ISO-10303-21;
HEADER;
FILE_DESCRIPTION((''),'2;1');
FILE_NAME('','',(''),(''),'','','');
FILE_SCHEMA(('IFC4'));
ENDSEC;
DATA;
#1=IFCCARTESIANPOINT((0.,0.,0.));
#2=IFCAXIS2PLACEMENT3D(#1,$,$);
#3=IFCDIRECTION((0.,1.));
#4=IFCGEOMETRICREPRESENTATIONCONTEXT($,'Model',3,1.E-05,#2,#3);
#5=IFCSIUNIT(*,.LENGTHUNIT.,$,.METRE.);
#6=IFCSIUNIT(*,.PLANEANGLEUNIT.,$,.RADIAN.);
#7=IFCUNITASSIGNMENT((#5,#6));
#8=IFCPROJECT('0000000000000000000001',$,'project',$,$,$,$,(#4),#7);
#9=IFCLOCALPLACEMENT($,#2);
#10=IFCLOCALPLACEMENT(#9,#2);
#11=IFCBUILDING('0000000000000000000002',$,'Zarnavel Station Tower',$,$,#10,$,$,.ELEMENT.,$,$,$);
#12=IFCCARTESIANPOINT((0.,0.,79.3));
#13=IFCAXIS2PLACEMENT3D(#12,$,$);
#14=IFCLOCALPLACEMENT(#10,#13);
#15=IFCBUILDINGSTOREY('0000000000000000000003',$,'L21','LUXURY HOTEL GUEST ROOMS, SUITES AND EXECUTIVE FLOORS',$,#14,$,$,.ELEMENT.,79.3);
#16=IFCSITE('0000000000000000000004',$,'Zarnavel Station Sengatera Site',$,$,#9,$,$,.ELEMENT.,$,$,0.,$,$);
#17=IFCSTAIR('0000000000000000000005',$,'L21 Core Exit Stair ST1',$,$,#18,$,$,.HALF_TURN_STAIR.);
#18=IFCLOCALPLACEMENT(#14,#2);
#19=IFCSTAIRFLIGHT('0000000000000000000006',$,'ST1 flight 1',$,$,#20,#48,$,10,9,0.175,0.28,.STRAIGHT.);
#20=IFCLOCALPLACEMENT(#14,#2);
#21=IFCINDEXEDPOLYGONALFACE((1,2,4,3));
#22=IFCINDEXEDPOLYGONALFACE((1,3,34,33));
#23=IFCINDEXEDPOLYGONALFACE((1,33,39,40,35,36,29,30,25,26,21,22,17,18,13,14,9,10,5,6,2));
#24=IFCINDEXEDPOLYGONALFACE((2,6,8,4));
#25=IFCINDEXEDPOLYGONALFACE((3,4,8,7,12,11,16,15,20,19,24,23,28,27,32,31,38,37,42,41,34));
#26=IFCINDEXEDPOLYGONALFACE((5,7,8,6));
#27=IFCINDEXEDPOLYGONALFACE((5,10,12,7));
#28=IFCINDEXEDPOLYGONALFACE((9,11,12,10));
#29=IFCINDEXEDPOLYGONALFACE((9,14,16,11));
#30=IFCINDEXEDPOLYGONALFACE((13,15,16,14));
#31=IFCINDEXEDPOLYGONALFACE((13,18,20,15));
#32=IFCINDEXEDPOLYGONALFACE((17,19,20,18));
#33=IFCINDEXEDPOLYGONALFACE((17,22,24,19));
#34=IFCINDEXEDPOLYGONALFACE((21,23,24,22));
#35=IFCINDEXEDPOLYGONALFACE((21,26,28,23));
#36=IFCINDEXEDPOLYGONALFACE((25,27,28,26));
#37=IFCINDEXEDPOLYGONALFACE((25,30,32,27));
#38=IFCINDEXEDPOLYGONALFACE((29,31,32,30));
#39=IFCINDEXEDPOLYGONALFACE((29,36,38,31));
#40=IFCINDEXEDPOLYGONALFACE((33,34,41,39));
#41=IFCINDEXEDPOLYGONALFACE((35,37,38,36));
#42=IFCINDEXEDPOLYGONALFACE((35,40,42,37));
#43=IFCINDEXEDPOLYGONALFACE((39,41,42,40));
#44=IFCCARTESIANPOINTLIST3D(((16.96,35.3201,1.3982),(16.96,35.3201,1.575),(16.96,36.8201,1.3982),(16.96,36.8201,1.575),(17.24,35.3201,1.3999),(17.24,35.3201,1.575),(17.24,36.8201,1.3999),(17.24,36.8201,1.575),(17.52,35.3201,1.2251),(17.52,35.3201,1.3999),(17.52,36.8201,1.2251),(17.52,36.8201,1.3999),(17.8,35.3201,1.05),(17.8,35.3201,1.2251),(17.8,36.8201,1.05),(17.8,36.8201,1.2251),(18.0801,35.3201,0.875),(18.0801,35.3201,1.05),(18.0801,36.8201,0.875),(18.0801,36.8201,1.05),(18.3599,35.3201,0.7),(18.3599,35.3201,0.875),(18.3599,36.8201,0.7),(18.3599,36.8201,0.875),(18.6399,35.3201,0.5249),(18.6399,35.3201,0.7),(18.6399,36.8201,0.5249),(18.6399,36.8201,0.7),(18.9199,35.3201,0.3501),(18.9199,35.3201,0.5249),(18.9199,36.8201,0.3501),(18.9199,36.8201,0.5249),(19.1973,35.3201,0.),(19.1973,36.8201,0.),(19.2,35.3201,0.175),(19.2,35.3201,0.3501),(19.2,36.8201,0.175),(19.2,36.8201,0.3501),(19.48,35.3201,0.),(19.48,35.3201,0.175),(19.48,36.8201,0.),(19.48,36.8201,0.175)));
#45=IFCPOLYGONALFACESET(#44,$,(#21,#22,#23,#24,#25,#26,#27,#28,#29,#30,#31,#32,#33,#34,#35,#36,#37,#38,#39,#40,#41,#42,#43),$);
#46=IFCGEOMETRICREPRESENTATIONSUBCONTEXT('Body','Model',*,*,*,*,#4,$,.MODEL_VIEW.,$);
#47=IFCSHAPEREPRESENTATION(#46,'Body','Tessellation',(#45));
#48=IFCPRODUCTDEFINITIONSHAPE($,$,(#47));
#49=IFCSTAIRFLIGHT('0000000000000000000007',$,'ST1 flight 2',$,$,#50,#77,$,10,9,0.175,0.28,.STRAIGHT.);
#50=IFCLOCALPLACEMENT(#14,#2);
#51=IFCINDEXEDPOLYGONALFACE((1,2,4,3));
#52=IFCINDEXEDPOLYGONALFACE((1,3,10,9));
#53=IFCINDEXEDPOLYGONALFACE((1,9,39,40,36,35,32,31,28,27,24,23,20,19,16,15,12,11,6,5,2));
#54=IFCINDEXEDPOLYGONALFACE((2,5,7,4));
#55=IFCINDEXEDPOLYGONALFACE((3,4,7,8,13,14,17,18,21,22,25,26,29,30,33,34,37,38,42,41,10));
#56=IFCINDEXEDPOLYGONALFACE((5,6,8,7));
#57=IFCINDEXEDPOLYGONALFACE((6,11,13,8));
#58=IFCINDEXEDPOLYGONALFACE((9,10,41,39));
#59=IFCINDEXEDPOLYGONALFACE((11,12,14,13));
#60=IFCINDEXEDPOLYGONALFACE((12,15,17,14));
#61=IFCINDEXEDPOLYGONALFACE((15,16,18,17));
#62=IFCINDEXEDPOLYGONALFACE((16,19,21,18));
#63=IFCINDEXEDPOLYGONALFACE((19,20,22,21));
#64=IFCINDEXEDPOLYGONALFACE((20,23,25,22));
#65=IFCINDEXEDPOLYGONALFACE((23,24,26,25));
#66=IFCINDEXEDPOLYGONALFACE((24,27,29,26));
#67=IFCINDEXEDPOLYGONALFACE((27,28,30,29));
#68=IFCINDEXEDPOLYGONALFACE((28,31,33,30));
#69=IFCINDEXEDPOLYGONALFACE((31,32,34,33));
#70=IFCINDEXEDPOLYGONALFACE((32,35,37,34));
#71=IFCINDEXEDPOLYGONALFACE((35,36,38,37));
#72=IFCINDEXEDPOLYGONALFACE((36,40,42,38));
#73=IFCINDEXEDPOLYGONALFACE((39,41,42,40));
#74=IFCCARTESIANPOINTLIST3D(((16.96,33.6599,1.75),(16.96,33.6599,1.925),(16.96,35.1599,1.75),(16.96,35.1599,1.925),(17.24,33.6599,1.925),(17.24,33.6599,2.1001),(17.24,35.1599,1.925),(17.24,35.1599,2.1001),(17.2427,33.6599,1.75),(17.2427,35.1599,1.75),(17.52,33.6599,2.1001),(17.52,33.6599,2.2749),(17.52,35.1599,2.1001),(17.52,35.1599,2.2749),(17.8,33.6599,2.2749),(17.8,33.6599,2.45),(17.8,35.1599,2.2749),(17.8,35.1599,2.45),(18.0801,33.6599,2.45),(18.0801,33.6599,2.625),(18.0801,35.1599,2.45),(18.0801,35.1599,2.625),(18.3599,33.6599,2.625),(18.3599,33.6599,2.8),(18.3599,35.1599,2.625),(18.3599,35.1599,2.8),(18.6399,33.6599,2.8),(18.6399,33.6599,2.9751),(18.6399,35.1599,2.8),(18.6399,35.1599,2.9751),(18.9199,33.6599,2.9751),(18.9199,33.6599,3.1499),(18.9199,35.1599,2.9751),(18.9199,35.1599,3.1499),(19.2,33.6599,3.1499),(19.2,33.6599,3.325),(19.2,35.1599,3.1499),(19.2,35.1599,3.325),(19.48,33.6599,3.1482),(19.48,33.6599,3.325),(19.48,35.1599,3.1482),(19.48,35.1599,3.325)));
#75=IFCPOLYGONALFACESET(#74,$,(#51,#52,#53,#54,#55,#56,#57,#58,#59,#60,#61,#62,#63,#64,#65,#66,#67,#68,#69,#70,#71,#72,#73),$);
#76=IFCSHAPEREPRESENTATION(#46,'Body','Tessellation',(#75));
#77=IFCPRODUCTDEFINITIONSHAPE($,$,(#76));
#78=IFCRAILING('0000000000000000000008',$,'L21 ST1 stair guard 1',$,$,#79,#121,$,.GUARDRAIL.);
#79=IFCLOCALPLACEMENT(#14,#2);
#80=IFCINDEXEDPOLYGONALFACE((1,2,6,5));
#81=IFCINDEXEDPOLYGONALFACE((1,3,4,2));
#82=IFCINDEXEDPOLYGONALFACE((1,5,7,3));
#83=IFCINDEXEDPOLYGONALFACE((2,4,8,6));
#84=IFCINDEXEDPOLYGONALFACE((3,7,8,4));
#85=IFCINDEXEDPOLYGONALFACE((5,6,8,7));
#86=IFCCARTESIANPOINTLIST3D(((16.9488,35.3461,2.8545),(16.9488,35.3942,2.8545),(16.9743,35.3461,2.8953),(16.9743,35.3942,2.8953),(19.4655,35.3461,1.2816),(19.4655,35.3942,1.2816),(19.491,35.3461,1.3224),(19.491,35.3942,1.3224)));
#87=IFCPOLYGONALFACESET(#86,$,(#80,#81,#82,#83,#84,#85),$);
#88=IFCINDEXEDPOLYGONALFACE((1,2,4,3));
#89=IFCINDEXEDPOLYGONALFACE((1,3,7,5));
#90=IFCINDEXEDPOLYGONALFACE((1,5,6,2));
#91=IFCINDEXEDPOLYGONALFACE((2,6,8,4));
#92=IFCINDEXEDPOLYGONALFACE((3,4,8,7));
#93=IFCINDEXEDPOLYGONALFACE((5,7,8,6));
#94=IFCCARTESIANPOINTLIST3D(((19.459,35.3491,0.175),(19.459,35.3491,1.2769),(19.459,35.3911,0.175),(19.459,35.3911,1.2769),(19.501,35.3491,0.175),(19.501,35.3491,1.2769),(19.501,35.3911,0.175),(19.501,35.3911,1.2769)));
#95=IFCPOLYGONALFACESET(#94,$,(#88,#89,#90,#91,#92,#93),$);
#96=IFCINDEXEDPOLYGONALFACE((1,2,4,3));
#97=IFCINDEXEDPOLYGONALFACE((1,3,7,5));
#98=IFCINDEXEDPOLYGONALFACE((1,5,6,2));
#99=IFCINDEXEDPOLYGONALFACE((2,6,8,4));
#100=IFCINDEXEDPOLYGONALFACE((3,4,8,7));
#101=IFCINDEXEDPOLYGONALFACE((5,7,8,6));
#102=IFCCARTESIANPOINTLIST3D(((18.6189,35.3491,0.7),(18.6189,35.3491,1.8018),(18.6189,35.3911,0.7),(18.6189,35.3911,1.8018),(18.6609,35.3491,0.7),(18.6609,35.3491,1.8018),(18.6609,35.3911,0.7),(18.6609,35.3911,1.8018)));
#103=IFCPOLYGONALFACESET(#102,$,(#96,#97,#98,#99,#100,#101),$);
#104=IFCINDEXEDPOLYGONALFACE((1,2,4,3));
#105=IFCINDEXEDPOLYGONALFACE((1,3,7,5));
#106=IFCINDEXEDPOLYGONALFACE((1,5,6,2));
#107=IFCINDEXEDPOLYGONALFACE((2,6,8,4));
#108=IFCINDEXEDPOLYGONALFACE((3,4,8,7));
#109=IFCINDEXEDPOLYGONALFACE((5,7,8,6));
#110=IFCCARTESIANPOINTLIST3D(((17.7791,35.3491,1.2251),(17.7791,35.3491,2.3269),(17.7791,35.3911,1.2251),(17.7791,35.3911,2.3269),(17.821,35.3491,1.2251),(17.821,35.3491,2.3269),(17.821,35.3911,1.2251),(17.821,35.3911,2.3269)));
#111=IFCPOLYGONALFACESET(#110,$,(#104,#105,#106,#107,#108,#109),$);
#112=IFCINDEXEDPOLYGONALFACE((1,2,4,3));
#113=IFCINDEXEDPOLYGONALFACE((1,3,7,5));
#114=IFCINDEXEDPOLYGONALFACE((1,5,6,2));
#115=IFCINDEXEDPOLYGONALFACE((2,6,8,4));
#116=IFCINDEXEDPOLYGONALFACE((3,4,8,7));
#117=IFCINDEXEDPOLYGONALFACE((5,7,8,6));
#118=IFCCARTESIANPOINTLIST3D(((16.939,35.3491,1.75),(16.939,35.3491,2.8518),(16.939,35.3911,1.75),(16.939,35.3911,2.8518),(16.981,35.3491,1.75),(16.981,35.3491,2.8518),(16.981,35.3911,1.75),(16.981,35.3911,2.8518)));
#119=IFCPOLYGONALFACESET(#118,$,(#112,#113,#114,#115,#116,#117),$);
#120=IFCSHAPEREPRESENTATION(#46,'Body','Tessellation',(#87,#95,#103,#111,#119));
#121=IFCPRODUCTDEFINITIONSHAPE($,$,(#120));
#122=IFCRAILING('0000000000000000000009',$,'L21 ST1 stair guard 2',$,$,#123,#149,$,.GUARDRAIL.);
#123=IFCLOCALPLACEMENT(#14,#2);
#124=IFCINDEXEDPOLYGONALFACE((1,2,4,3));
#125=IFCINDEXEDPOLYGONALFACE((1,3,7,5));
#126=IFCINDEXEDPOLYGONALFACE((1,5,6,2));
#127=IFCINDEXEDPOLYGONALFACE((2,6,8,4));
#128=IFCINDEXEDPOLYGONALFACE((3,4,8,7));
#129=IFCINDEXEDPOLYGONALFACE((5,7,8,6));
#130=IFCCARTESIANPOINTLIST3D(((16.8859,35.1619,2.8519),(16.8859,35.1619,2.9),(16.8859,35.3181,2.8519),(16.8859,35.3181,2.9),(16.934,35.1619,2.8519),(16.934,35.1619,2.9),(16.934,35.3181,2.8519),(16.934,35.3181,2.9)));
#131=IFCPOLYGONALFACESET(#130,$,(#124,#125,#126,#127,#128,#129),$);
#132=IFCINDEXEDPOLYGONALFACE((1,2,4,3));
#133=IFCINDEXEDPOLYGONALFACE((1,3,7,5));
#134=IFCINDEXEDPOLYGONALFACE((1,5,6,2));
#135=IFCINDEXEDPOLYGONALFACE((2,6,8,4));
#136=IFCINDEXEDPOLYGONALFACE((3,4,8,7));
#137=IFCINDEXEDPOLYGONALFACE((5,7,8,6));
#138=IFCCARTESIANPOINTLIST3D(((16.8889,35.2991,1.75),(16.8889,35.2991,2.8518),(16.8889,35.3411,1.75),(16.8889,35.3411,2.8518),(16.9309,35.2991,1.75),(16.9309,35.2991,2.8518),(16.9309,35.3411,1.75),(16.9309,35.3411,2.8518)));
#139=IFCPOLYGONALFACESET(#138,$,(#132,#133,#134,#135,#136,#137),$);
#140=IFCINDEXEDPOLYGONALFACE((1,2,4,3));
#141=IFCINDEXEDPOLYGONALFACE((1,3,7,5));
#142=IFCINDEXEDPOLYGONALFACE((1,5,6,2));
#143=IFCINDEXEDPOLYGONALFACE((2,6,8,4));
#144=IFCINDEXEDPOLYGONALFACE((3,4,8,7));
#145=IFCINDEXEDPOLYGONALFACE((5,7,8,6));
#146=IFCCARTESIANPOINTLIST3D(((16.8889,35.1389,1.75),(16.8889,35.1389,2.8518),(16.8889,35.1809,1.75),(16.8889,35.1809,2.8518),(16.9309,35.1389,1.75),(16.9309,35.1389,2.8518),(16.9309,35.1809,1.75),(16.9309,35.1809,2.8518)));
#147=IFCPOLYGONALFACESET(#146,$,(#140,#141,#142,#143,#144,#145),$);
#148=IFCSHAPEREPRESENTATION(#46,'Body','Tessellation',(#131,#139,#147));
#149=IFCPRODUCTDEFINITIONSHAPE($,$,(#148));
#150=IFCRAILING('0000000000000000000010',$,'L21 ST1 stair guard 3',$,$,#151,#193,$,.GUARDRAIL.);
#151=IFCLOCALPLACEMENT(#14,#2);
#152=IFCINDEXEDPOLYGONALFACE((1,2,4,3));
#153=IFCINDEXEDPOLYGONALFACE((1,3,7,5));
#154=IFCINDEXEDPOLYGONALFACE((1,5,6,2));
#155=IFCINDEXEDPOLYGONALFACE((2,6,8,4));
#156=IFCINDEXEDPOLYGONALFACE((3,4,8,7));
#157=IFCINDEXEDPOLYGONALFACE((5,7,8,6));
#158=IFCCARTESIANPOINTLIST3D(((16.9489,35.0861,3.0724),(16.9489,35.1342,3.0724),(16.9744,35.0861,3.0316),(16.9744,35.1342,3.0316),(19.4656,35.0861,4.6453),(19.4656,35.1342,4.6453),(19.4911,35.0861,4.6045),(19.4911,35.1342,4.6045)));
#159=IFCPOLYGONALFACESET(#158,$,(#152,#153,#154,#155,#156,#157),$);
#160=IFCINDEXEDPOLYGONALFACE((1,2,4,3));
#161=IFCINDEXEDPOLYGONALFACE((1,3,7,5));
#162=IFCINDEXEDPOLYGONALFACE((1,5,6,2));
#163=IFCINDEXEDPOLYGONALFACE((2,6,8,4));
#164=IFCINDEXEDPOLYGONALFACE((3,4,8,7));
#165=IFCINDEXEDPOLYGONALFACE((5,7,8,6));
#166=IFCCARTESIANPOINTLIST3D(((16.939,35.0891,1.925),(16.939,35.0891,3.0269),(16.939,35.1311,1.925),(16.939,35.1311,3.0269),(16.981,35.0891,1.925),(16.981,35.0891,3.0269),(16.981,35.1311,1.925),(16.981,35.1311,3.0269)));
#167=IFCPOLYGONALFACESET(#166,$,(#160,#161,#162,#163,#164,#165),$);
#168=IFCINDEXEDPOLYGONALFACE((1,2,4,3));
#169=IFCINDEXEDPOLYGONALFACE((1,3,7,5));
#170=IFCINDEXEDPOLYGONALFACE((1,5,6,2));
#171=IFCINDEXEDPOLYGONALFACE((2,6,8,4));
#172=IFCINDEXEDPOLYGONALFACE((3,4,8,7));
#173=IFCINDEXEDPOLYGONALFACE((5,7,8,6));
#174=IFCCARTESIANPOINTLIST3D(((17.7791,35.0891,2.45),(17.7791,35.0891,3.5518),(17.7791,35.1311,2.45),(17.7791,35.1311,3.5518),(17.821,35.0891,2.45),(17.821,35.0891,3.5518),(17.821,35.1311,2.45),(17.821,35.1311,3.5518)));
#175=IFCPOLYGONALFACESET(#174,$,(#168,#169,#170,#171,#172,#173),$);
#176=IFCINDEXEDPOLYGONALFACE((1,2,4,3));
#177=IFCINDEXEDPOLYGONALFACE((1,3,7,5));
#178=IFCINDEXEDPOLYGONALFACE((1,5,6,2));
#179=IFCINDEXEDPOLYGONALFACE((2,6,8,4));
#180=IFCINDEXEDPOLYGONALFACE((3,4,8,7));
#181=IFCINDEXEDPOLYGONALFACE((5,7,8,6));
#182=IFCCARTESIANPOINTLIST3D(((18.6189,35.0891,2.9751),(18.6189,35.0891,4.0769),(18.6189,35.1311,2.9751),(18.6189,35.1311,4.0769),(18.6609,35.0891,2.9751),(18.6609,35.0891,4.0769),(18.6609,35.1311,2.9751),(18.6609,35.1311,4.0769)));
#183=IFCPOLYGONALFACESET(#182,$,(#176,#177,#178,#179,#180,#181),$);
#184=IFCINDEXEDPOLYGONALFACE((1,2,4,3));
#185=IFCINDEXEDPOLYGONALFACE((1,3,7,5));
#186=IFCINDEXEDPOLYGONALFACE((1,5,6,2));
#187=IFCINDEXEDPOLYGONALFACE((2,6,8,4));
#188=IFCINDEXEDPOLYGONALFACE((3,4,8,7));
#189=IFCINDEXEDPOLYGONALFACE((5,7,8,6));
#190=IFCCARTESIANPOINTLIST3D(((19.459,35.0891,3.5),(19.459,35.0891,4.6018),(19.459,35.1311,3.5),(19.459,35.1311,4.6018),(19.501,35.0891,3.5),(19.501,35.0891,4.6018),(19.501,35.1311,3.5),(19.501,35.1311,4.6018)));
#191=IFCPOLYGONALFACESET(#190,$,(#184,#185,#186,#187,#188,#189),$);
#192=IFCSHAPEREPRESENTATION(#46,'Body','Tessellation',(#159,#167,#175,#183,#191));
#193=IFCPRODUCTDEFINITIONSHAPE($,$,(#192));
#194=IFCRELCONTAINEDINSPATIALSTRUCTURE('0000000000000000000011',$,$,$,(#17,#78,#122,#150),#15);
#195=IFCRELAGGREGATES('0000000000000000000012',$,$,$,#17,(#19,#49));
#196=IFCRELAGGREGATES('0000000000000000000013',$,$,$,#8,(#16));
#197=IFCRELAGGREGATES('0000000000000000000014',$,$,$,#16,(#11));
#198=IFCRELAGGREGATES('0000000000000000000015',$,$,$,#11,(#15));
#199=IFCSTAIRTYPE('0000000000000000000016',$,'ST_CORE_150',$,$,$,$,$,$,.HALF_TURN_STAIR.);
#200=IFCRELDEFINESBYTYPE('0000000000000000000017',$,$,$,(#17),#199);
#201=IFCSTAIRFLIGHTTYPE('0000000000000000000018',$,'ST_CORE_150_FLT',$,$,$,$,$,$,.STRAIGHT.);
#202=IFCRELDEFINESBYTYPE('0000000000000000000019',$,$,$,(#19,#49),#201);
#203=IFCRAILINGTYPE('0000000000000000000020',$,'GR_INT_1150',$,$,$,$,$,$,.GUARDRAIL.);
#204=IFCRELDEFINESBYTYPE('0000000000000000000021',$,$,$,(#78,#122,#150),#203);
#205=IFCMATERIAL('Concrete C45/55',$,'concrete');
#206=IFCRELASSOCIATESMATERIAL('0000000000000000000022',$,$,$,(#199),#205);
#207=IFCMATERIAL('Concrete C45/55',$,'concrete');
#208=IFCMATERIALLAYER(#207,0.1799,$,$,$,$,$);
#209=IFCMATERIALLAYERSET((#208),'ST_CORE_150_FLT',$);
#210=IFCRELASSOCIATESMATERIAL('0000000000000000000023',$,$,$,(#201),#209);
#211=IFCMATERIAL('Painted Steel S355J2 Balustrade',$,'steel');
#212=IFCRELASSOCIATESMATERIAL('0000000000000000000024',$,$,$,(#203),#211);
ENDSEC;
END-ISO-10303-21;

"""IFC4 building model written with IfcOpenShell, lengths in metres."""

from ifc_helpers import new_model, si_unit, direction, frame, origin, origin_2d, place, context, subcontext, project, spatial, polyline, rectangle, outline, extrude, material, layer, layer_set, type_object, element, aggregate, save


model = new_model("IFC4")

# Units and contexts
model_context = context("Model", 3, precision=1e-05, world=origin(), true_north=direction((0.0, 1.0)))
body_context = subcontext(model_context, "Body", "Model", "MODEL_VIEW")
ifc_project = project(units=[si_unit("LENGTHUNIT", "METRE"), si_unit("PLANEANGLEUNIT", "RADIAN")], contexts=[model_context])

# Site, building, storey
site_placement = place(None, origin())
site = spatial("IfcSite", under=ifc_project, at=site_placement, Name="Zarnavel Station Sengatera Site", CompositionType="ELEMENT", RefElevation=0.0)
building_placement = place(site_placement, origin())
building = spatial("IfcBuilding", under=site, at=building_placement, Name="Zarnavel Station Tower", CompositionType="ELEMENT")
storey_placement = place(building_placement, frame((0.0, 0.0, 79.3)))
storey = spatial("IfcBuildingStorey", under=building, at=storey_placement, Name="L21", Description="LUXURY HOTEL GUEST ROOMS, SUITES AND EXECUTIVE FLOORS", CompositionType="ELEMENT", Elevation=79.3)

# Stair, stair flights
ifc_material_1 = material(Name="Concrete C45/55", Category="concrete")
stair_type = type_object("IfcStairType", Name="ST_CORE_150", PredefinedType="HALF_TURN_STAIR", material=ifc_material_1)
stair_placement = place(storey_placement, origin())
stair = element("IfcStair", 1, at=stair_placement, inside=storey, type_object=stair_type, Name="L21 Core Exit Stair ST1", PredefinedType="HALF_TURN_STAIR")
ifc_material_2 = material(Name="Concrete C45/55", Category="concrete")
ifc_layer_1 = layer(ifc_material_2, 0.1799)
ifc_layer_set_1 = layer_set([ifc_layer_1], Name="ST_CORE_150_FLT")
stair_flight_type = type_object("IfcStairFlightType", Name="ST_CORE_150_FLT", PredefinedType="STRAIGHT", material=ifc_layer_set_1)
stair_flight_1_placement = place(storey_placement, frame((19.48, 36.0701, 0.0), z_axis=(0.0, 0.0, 1.0), x_axis=(-1.0, 0.0, 0.0)))
stair_flight_1 = element("IfcStairFlight", 2, at=stair_flight_1_placement, type_object=stair_flight_type, Name="ST1 flight 1", NumberOfRisers=10, NumberOfTreads=9, PredefinedType="STRAIGHT", RiserHeight=0.175, TreadLength=0.28, context=body_context, shape_type="SweptSolid", body=[
    extrude(outline(polyline([(0.0, 0.0), (0.0, 0.175), (0.28, 0.175), (0.28, 0.3501), (0.5601, 0.3501), (0.5601, 0.5249), (0.8401, 0.5249), (0.8401, 0.7), (1.1201, 0.7), (1.1201, 0.875), (1.3999, 0.875), (1.3999, 1.05), (1.6799, 1.05), (1.6799, 1.2251), (1.96, 1.2251), (1.96, 1.3999), (2.24, 1.3999), (2.24, 1.575), (2.52, 1.575), (2.52, 1.75), (2.52, 1.3982), (0.2827, 0.0), (0.0, 0.0)])), frame((0.0, 0.75, 0.0), z_axis=(0.0, -1.0, 0.0), x_axis=(1.0, 0.0, 0.0)), (0.0, 0.0, 1.0), 1.5),
])
stair_flight_2_placement = place(storey_placement, frame((16.96, 34.4099, 1.75), z_axis=(0.0, 0.0, 1.0), x_axis=(1.0, 0.0, 0.0)))
stair_flight_2 = element("IfcStairFlight", 3, at=stair_flight_2_placement, type_object=stair_flight_type, Name="ST1 flight 2", NumberOfRisers=10, NumberOfTreads=9, PredefinedType="STRAIGHT", RiserHeight=0.175, TreadLength=0.28, context=body_context, shape_type="SweptSolid", body=[
    extrude(outline(polyline([(0.0, 0.0), (0.0, 0.175), (0.28, 0.175), (0.28, 0.3501), (0.5601, 0.3501), (0.5601, 0.5249), (0.8401, 0.5249), (0.8401, 0.7), (1.1201, 0.7), (1.1201, 0.875), (1.3999, 0.875), (1.3999, 1.05), (1.6799, 1.05), (1.6799, 1.2251), (1.96, 1.2251), (1.96, 1.3999), (2.24, 1.3999), (2.24, 1.575), (2.52, 1.575), (2.52, 1.75), (2.52, 1.3982), (0.2827, 0.0), (0.0, 0.0)])), frame((0.0, 0.75, 0.0), z_axis=(0.0, -1.0, 0.0), x_axis=(1.0, 0.0, 0.0)), (0.0, 0.0, 1.0), 1.5),
])
aggregate(stair, [stair_flight_1, stair_flight_2])

# Railings
ifc_material_3 = material(Name="Painted Steel S355J2 Balustrade", Category="steel")
railing_type_1 = type_object("IfcRailingType", Name="GR_INT_1150", PredefinedType="GUARDRAIL", material=ifc_material_3)
railing_1_placement = place(storey_placement, frame((19.48, 35.3701, 0.175)))
element("IfcRailing", 4, at=railing_1_placement, inside=storey, type_object=railing_type_1, Name="L21 ST1 stair guard 1", PredefinedType="GUARDRAIL", context=body_context, shape_type="SweptSolid", body=[
    extrude(rectangle(XDim=0.0481, YDim=0.0481, at=origin_2d()), frame((-0.0017, 0.0, 1.127), z_axis=(-0.848008, 0.0, 0.529984), x_axis=(0.0, -1.0, 0.0)), (0.0, 0.0, 1.0), 2.9678),
    extrude(rectangle(XDim=0.042, YDim=0.042, at=origin_2d()), origin(), (0.0, 0.0, 1.0), 1.1018),
    extrude(rectangle(XDim=0.042, YDim=0.042, at=origin_2d()), frame((-0.8401, 0.0, 0.5249)), (0.0, 0.0, 1.0), 1.1018),
    extrude(rectangle(XDim=0.042, YDim=0.042, at=origin_2d()), frame((-1.6799, 0.0, 1.05)), (0.0, 0.0, 1.0), 1.1018),
    extrude(rectangle(XDim=0.042, YDim=0.042, at=origin_2d()), frame((-2.52, 0.0, 1.575)), (0.0, 0.0, 1.0), 1.1018),
])
railing_2_placement = place(storey_placement, frame((16.9099, 35.3201, 1.75)))
element("IfcRailing", 5, at=railing_2_placement, inside=storey, type_object=railing_type_1, Name="L21 ST1 stair guard 2", PredefinedType="GUARDRAIL", context=body_context, shape_type="SweptSolid", body=[
    extrude(rectangle(XDim=0.0481, YDim=0.0481, at=origin_2d()), frame((0.0, -0.002, 1.126), z_axis=(0.0, -1.0, 0.0), x_axis=(1.0, 0.0, 0.0)), (0.0, 0.0, 1.0), 0.1562),
    extrude(rectangle(XDim=0.042, YDim=0.042, at=origin_2d()), origin(), (0.0, 0.0, 1.0), 1.1018),
    extrude(rectangle(XDim=0.042, YDim=0.042, at=origin_2d()), frame((0.0, -0.1602, 0.0)), (0.0, 0.0, 1.0), 1.1018),
])
railing_3_placement = place(storey_placement, frame((16.96, 35.1101, 1.925)))
element("IfcRailing", 6, at=railing_3_placement, inside=storey, type_object=railing_type_1, Name="L21 ST1 stair guard 3", PredefinedType="GUARDRAIL", context=body_context, shape_type="SweptSolid", body=[
    extrude(rectangle(XDim=0.0481, YDim=0.0481, at=origin_2d()), frame((0.0017, 0.0, 1.127), z_axis=(0.848008, 0.0, 0.529984), x_axis=(0.0, 1.0, 0.0)), (0.0, 0.0, 1.0), 2.9678),
    extrude(rectangle(XDim=0.042, YDim=0.042, at=origin_2d()), origin(), (0.0, 0.0, 1.0), 1.1018),
    extrude(rectangle(XDim=0.042, YDim=0.042, at=origin_2d()), frame((0.8401, 0.0, 0.5249)), (0.0, 0.0, 1.0), 1.1018),
    extrude(rectangle(XDim=0.042, YDim=0.042, at=origin_2d()), frame((1.6799, 0.0, 1.05)), (0.0, 0.0, 1.0), 1.1018),
    extrude(rectangle(XDim=0.042, YDim=0.042, at=origin_2d()), frame((2.52, 0.0, 1.575)), (0.0, 0.0, 1.0), 1.1018),
])

save(model, "model.ifc")
